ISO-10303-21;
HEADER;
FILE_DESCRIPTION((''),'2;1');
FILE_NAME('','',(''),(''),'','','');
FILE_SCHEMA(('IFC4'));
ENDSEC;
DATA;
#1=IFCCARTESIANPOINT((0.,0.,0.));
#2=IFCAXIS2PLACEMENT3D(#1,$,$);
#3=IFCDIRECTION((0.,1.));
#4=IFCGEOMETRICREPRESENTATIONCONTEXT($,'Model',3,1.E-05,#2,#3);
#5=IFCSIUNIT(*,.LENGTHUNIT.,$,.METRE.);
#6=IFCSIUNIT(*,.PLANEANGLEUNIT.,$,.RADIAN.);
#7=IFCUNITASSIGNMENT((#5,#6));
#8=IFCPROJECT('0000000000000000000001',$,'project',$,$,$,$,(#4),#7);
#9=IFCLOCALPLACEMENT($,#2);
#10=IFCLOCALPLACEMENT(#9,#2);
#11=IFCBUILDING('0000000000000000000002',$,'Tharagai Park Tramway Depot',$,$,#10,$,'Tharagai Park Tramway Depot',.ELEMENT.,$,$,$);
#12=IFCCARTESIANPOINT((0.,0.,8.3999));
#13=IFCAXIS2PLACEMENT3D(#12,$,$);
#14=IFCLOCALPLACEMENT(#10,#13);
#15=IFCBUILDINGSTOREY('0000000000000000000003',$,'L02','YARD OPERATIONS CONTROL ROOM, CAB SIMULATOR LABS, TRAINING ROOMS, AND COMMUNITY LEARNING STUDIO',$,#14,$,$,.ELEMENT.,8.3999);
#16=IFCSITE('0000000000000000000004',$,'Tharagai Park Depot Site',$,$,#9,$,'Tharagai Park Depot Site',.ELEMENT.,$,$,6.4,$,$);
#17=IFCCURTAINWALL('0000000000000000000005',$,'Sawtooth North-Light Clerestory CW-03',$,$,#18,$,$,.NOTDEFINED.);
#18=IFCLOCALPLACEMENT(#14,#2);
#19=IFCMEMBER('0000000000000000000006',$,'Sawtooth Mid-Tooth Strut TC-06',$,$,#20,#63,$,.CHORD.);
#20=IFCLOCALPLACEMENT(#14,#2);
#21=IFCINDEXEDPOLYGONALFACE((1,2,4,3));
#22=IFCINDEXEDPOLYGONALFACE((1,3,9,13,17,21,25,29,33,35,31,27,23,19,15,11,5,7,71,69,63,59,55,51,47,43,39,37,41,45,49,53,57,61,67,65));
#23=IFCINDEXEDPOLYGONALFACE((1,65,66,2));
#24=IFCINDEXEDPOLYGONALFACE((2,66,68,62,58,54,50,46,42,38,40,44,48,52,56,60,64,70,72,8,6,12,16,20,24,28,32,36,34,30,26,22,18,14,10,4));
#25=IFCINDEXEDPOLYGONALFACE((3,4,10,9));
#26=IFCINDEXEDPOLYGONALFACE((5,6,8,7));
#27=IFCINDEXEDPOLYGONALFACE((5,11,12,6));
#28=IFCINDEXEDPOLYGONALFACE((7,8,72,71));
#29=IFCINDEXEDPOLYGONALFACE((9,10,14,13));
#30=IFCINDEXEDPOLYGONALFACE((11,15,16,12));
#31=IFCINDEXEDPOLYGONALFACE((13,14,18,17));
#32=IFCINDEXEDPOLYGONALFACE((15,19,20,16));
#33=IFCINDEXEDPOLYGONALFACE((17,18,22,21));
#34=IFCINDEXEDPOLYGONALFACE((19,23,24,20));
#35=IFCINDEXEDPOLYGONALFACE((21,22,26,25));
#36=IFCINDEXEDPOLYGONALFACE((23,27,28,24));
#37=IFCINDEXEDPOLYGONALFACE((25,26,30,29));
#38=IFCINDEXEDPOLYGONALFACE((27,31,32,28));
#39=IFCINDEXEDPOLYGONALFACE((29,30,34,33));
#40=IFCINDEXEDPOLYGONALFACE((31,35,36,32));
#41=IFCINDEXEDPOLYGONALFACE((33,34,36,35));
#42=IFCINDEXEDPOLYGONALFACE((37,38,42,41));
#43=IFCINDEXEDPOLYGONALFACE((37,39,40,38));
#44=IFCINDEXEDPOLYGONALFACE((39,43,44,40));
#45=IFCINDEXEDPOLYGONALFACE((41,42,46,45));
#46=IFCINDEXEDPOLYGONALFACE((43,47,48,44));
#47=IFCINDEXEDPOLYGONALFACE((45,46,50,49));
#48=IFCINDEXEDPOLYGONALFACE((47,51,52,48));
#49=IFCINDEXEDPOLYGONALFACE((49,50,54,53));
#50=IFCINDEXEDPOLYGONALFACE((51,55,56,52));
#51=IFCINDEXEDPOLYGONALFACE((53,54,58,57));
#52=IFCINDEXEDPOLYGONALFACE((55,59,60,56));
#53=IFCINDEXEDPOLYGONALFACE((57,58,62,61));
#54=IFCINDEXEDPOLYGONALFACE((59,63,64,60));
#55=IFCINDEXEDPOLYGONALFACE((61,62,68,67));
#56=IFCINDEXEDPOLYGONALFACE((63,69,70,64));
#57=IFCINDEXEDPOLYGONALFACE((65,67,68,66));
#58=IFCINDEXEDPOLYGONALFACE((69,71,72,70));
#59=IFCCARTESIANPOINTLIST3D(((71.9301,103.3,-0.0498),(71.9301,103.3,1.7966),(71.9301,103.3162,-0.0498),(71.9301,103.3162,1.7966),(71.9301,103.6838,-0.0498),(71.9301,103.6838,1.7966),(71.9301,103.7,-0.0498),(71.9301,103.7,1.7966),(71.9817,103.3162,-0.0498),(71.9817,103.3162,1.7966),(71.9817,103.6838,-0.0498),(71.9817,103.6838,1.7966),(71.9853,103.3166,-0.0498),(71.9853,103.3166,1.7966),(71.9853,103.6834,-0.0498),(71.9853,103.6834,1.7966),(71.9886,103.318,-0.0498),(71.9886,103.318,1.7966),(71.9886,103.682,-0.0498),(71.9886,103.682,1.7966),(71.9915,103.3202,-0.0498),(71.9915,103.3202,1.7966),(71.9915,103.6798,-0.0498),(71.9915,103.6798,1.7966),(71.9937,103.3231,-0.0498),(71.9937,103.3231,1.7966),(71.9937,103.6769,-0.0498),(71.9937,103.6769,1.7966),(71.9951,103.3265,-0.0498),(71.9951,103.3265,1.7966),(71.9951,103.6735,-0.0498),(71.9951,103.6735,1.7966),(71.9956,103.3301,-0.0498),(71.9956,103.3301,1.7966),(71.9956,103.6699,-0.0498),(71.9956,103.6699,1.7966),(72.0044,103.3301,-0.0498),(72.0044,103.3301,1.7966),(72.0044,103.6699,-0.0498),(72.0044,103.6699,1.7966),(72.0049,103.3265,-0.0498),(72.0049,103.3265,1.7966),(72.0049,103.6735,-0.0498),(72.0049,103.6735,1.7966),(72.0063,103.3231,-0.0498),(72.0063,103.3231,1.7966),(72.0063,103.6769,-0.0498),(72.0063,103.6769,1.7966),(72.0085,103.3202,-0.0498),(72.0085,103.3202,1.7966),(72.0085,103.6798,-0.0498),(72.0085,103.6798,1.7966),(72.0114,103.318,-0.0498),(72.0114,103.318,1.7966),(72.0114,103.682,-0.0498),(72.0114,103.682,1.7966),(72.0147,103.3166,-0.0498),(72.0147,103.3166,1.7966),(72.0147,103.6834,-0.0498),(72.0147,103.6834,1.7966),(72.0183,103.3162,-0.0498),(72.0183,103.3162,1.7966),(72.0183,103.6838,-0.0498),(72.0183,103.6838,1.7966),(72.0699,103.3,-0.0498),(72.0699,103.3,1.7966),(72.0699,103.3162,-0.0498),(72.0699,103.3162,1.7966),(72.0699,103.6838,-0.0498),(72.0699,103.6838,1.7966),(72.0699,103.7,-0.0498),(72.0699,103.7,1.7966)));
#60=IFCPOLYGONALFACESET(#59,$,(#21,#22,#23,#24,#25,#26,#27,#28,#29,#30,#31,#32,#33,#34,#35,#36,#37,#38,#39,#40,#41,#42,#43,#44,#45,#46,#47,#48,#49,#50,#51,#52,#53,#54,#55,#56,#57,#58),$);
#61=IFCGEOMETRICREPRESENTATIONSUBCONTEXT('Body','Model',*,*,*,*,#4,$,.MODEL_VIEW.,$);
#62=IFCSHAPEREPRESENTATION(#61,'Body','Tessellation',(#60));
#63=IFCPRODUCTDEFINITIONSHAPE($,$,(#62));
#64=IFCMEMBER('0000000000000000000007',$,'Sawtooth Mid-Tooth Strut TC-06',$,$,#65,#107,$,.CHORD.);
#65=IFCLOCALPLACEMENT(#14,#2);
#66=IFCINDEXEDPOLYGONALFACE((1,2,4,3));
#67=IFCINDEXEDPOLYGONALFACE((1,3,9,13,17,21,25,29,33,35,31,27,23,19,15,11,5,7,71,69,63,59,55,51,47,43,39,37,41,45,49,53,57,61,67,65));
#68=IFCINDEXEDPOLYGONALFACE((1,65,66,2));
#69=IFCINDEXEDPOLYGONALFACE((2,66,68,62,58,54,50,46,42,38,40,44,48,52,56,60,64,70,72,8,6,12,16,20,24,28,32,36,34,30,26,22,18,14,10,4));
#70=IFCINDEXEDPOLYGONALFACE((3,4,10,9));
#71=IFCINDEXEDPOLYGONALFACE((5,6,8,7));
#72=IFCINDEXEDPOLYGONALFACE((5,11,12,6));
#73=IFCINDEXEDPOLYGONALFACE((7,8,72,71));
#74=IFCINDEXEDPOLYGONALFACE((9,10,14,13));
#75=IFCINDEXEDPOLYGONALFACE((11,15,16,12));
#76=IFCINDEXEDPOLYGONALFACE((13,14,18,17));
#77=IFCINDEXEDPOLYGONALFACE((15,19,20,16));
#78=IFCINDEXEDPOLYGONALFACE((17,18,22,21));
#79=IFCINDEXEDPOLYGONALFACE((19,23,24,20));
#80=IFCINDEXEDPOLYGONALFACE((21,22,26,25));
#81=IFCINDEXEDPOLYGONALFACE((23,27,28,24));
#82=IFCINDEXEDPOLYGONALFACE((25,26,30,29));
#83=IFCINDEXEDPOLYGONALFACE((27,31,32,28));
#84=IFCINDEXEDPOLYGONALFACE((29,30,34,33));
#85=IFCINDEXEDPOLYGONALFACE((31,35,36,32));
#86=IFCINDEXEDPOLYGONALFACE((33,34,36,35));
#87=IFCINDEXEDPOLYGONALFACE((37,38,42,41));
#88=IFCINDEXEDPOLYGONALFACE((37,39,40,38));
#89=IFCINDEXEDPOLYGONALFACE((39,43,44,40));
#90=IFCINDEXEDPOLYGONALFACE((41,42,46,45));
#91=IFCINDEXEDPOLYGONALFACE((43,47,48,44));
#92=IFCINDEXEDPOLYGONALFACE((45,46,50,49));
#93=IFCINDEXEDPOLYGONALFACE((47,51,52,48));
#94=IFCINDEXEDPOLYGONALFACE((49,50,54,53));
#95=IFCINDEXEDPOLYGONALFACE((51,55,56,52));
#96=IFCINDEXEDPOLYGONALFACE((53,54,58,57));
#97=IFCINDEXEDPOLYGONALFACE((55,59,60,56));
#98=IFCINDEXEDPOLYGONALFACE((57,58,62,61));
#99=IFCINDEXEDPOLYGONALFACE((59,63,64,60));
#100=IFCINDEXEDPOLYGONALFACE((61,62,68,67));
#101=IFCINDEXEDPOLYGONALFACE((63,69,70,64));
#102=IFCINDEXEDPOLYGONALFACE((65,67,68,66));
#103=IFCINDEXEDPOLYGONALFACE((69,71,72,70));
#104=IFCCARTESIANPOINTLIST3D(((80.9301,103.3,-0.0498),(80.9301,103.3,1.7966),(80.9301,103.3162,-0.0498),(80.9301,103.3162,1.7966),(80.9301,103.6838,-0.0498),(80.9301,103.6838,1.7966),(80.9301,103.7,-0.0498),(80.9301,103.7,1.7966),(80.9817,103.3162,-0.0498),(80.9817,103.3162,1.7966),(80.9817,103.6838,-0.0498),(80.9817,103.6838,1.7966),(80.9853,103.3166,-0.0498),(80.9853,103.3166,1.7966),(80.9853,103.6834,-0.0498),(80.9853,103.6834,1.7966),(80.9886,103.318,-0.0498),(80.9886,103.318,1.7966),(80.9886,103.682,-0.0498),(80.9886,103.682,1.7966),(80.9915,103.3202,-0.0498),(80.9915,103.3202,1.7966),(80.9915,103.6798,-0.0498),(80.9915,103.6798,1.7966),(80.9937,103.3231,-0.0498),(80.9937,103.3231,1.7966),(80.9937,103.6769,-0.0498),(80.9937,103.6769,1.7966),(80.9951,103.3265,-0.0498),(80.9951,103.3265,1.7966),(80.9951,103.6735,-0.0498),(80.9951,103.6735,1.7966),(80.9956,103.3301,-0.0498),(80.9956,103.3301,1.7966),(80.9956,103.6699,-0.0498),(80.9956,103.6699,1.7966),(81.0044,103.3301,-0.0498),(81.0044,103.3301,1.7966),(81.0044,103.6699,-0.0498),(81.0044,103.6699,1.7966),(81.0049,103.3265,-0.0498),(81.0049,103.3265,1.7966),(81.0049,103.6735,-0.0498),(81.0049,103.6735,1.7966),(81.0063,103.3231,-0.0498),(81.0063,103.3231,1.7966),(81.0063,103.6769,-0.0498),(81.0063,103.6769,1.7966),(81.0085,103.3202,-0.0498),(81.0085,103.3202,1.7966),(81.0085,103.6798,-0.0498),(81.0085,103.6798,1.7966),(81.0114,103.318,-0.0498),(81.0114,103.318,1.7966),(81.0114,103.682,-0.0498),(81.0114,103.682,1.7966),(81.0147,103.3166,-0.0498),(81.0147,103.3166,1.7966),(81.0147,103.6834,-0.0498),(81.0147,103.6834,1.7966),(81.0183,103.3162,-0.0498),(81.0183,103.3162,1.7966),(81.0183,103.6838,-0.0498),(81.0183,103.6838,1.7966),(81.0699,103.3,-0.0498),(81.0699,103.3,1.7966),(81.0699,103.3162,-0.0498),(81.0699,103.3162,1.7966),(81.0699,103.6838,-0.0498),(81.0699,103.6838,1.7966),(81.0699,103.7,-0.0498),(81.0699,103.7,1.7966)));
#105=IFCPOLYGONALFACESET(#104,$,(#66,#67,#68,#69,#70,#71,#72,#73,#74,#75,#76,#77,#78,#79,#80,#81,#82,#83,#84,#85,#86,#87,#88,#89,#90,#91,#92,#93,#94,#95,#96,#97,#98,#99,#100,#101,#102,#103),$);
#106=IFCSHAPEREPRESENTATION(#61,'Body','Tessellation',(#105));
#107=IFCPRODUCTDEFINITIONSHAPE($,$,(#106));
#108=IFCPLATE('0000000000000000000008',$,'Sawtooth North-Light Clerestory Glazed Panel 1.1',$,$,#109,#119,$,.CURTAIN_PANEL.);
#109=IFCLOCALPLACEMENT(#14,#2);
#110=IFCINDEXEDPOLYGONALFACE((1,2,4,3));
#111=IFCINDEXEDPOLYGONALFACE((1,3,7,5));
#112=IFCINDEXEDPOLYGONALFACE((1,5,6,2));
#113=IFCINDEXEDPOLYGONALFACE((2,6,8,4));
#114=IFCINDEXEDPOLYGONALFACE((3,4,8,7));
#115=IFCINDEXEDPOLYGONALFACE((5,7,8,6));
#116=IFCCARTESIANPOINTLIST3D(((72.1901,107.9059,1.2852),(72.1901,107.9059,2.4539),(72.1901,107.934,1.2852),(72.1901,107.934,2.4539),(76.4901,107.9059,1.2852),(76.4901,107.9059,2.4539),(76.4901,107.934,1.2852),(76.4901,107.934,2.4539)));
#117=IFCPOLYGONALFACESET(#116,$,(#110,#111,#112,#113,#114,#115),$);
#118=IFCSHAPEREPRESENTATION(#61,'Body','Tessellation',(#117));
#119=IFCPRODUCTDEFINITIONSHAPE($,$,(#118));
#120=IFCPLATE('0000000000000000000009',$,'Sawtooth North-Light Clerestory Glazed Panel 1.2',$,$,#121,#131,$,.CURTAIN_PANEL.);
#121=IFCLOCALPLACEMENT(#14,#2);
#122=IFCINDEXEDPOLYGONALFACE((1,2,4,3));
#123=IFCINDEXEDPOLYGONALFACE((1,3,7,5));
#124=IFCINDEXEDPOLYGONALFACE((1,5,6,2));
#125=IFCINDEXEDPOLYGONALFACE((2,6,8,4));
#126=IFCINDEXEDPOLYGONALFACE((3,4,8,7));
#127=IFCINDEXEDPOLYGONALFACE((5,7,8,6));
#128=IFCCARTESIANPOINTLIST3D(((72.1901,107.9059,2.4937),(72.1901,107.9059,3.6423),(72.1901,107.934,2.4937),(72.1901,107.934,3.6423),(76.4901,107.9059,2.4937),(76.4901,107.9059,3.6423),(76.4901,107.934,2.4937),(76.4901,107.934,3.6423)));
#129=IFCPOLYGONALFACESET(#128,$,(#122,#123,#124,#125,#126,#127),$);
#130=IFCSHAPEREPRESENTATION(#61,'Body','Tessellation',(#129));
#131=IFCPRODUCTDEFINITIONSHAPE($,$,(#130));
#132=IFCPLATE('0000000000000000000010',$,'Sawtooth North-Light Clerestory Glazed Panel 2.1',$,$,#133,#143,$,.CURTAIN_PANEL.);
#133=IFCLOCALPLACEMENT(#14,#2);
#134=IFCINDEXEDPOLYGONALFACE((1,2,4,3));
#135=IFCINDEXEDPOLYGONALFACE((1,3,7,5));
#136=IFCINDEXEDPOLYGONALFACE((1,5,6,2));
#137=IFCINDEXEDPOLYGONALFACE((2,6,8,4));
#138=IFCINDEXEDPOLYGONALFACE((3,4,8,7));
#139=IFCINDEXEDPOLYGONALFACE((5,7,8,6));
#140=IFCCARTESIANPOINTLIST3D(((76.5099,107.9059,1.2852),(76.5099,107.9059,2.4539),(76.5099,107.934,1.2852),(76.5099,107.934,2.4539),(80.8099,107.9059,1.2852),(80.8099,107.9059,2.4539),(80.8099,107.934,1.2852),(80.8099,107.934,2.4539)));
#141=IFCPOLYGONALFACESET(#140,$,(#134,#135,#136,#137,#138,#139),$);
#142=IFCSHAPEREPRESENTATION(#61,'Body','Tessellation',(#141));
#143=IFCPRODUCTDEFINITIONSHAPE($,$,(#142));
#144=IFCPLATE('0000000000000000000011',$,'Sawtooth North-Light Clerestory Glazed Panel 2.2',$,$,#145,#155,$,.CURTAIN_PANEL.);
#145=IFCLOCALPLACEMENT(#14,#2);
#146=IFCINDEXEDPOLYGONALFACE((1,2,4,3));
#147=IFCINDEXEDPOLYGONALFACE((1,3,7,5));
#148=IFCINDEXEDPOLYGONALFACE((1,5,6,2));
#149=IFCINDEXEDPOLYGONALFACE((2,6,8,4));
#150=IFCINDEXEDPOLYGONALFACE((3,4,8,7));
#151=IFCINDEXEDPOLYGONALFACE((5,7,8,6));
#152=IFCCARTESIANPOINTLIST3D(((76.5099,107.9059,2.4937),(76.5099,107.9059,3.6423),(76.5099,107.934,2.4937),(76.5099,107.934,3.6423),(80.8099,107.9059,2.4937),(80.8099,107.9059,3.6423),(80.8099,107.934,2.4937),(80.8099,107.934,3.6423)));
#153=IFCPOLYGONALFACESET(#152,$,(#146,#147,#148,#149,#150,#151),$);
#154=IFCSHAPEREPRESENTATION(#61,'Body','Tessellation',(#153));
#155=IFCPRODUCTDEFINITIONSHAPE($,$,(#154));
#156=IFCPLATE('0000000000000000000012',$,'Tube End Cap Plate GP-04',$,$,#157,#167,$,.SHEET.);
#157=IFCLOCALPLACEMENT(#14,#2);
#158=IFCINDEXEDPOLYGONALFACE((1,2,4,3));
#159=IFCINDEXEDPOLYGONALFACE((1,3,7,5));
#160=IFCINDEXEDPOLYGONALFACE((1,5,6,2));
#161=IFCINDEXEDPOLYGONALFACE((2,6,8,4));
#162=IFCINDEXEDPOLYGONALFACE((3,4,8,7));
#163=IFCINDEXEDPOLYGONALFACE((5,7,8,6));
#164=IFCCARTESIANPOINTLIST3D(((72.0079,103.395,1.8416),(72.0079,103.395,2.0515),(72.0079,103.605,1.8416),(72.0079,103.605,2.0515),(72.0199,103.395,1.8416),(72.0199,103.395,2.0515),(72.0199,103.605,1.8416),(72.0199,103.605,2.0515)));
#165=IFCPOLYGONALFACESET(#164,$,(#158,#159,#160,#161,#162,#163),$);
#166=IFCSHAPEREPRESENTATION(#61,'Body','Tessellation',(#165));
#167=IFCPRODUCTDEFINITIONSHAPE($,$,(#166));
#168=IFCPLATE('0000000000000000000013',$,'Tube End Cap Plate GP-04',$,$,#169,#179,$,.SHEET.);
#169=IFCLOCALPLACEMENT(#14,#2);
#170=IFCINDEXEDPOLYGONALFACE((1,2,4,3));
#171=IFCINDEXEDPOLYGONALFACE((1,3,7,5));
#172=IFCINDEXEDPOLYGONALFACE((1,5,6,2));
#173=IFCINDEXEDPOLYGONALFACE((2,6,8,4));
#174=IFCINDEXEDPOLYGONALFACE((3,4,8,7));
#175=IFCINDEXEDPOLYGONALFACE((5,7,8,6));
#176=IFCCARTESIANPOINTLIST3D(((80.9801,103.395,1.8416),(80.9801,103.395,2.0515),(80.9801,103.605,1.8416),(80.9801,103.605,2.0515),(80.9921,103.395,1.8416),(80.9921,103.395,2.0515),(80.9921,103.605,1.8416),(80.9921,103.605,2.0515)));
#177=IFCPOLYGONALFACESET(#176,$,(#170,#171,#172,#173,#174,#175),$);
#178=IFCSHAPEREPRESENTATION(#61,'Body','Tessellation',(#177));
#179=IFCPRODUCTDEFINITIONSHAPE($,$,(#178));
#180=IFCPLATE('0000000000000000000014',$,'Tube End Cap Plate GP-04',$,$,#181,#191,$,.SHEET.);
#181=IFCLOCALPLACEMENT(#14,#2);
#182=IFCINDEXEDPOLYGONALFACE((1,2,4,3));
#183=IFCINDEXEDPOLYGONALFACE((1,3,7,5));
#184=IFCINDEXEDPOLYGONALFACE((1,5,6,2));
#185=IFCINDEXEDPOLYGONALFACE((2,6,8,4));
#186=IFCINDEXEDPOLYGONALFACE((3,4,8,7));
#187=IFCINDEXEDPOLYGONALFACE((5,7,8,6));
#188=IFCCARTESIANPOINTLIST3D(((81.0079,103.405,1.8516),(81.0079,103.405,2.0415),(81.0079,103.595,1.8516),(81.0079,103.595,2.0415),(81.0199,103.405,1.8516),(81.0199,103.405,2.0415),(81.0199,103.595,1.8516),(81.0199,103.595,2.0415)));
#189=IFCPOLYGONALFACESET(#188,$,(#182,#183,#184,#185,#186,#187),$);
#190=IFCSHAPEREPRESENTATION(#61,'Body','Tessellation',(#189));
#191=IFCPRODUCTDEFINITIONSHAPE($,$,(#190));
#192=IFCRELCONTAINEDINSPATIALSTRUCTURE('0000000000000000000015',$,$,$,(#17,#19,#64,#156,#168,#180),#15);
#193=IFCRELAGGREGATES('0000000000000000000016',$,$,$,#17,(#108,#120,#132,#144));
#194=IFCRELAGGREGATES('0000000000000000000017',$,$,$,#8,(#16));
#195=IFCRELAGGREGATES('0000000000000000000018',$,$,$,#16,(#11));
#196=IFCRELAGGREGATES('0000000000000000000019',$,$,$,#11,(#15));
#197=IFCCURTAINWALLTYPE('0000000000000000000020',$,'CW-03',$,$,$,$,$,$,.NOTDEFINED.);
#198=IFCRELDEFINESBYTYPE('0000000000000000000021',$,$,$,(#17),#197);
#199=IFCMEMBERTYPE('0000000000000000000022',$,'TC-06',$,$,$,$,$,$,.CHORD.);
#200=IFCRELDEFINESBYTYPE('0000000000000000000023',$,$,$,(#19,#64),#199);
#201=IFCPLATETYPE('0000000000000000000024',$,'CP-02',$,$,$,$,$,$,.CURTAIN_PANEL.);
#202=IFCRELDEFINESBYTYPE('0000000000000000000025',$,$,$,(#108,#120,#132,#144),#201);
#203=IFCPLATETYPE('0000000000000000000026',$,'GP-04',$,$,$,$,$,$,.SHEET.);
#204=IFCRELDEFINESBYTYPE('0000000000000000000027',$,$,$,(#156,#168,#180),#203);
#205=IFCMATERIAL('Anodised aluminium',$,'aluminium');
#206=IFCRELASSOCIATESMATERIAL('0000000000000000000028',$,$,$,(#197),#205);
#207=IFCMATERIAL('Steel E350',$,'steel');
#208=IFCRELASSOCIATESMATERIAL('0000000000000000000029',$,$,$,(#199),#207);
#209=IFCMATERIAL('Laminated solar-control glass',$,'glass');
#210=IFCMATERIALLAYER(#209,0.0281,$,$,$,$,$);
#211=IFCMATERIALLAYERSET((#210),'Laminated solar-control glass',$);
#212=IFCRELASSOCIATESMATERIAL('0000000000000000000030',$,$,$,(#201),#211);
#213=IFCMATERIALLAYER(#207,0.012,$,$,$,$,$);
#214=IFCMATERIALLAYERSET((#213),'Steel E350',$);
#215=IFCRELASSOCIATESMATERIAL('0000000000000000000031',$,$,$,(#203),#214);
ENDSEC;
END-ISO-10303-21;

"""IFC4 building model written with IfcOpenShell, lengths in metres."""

from ifc_helpers import new_model, si_unit, direction, frame, origin, origin_2d, place, context, subcontext, project, spatial, rectangle, i_section, extrude, material, layer, layer_set, material_profile, profile_set, type_object, element, aggregate, save


model = new_model("IFC4")

# Units and contexts
model_context = context("Model", 3, precision=1e-05, world=origin(), true_north=direction((0.0, 1.0)))
body_context = subcontext(model_context, "Body", "Model", "MODEL_VIEW")
ifc_project = project(units=[si_unit("LENGTHUNIT", "METRE"), si_unit("PLANEANGLEUNIT", "RADIAN")], contexts=[model_context])

# Site, building, storey
site_placement = place(None, origin())
site = spatial("IfcSite", under=ifc_project, at=site_placement, Name="Tharagai Park Depot Site", LongName="Tharagai Park Depot Site", CompositionType="ELEMENT", RefElevation=6.4)
building_placement = place(site_placement, origin())
building = spatial("IfcBuilding", under=site, at=building_placement, Name="Tharagai Park Tramway Depot", LongName="Tharagai Park Tramway Depot", CompositionType="ELEMENT")
storey_placement = place(building_placement, frame((0.0, 0.0, 8.3999)))
storey = spatial("IfcBuildingStorey", under=building, at=storey_placement, Name="L02", Description="YARD OPERATIONS CONTROL ROOM, CAB SIMULATOR LABS, TRAINING ROOMS, AND COMMUNITY LEARNING STUDIO", CompositionType="ELEMENT", Elevation=8.3999)

# Shared definitions
ifc_material_1 = material(Name="Steel E350", Category="steel")

# Curtain wall
ifc_material_2 = material(Name="Anodised aluminium", Category="aluminium")
curtain_wall_type = type_object("IfcCurtainWallType", Name="CW-03", PredefinedType="NOTDEFINED", material=ifc_material_2)
curtain_wall_placement = place(storey_placement, origin())
curtain_wall = element("IfcCurtainWall", 1, at=curtain_wall_placement, inside=storey, type_object=curtain_wall_type, Name="Sawtooth North-Light Clerestory CW-03", PredefinedType="NOTDEFINED")

# Members
ifc_material_profile_1 = material_profile(ifc_material_1, i_section(OverallWidth=0.1399, OverallDepth=0.3999, WebThickness=0.0088, FlangeThickness=0.0161, FilletRadius=0.0139, at=origin_2d()), Name="ISMB 400")
ifc_profile_set_1 = profile_set([ifc_material_profile_1], Name="Steel E350")
member_type_1 = type_object("IfcMemberType", Name="TC-06", PredefinedType="CHORD", material=ifc_profile_set_1)
for number, where, z_axis, x_axis, name in (
    (2, (72.0, 103.5, -0.0498), (0.0, 0.0, 1.0), (1.0, 0.0, 0.0), "Sawtooth Mid-Tooth Strut TC-06"),
    (3, (81.0, 103.5, -0.0498), (0.0, 0.0, 1.0), (1.0, 0.0, 0.0), "Sawtooth Mid-Tooth Strut TC-06"),
):
    element("IfcMember", number, at=place(storey_placement, frame(where, z_axis=z_axis, x_axis=x_axis)), inside=storey, type_object=member_type_1, Name=name, PredefinedType="CHORD", context=body_context, shape_type="SweptSolid", body=[
        extrude(i_section(OverallWidth=0.1399, OverallDepth=0.3999, WebThickness=0.0088, FlangeThickness=0.0161, FilletRadius=0.0139, at=origin_2d()), origin(), (0.0, 0.0, 1.0), 1.8464),
    ])

# Plates
ifc_material_3 = material(Name="Laminated solar-control glass", Category="glass")
ifc_layer_1 = layer(ifc_material_3, 0.0281)
ifc_layer_set_1 = layer_set([ifc_layer_1], Name="Laminated solar-control glass")
plate_type_1 = type_object("IfcPlateType", Name="CP-02", PredefinedType="CURTAIN_PANEL", material=ifc_layer_set_1)
plate_1_placement = place(storey_placement, frame((74.3401, 107.9199, 1.2852), z_axis=(0.0, 0.0, 1.0), x_axis=(1.0, 0.0, 0.0)))
plate_1 = element("IfcPlate", 4, at=plate_1_placement, type_object=plate_type_1, Name="Sawtooth North-Light Clerestory Glazed Panel 1.1", PredefinedType="CURTAIN_PANEL", context=body_context, shape_type="SweptSolid", body=[
    extrude(rectangle(XDim=4.3, YDim=0.0281, at=origin_2d()), origin(), (0.0, 0.0, 1.0), 1.1687),
])
plate_2_placement = place(storey_placement, frame((74.3401, 107.9199, 2.4937), z_axis=(0.0, 0.0, 1.0), x_axis=(1.0, 0.0, 0.0)))
plate_2 = element("IfcPlate", 5, at=plate_2_placement, type_object=plate_type_1, Name="Sawtooth North-Light Clerestory Glazed Panel 1.2", PredefinedType="CURTAIN_PANEL", context=body_context, shape_type="SweptSolid", body=[
    extrude(rectangle(XDim=4.3, YDim=0.0281, at=origin_2d()), origin(), (0.0, 0.0, 1.0), 1.1487),
])
plate_3_placement = place(storey_placement, frame((78.6599, 107.9199, 1.2852), z_axis=(0.0, 0.0, 1.0), x_axis=(1.0, 0.0, 0.0)))
plate_3 = element("IfcPlate", 6, at=plate_3_placement, type_object=plate_type_1, Name="Sawtooth North-Light Clerestory Glazed Panel 2.1", PredefinedType="CURTAIN_PANEL", context=body_context, shape_type="SweptSolid", body=[
    extrude(rectangle(XDim=4.3, YDim=0.0281, at=origin_2d()), origin(), (0.0, 0.0, 1.0), 1.1687),
])
plate_4_placement = place(storey_placement, frame((78.6599, 107.9199, 2.4937), z_axis=(0.0, 0.0, 1.0), x_axis=(1.0, 0.0, 0.0)))
plate_4 = element("IfcPlate", 7, at=plate_4_placement, type_object=plate_type_1, Name="Sawtooth North-Light Clerestory Glazed Panel 2.2", PredefinedType="CURTAIN_PANEL", context=body_context, shape_type="SweptSolid", body=[
    extrude(rectangle(XDim=4.3, YDim=0.0281, at=origin_2d()), origin(), (0.0, 0.0, 1.0), 1.1487),
])
aggregate(curtain_wall, [plate_1, plate_2, plate_3, plate_4])

# Plates
ifc_layer_2 = layer(ifc_material_1, 0.012)
ifc_layer_set_2 = layer_set([ifc_layer_2], Name="Steel E350")
plate_type_2 = type_object("IfcPlateType", Name="GP-04", PredefinedType="SHEET", material=ifc_layer_set_2)
for number, where, z_axis, x_axis, name in (
    (8, (72.0139, 103.5, 1.8416), (0.0, 0.0, 1.0), (1.0, 0.0, 0.0), "Tube End Cap Plate GP-04"),
    (9, (80.9861, 103.5, 1.8416), (0.0, 0.0, 1.0), (1.0, 0.0, 0.0), "Tube End Cap Plate GP-04"),
):
    element("IfcPlate", number, at=place(storey_placement, frame(where, z_axis=z_axis, x_axis=x_axis)), inside=storey, type_object=plate_type_2, Name=name, PredefinedType="SHEET", context=body_context, shape_type="SweptSolid", body=[
        extrude(rectangle(XDim=0.012, YDim=0.21, at=origin_2d()), origin(), (0.0, 0.0, 1.0), 0.21),
    ])
plate_5_placement = place(storey_placement, frame((81.0139, 103.5, 1.8516), z_axis=(0.0, 0.0, 1.0), x_axis=(1.0, 0.0, 0.0)))
element("IfcPlate", 10, at=plate_5_placement, inside=storey, type_object=plate_type_2, Name="Tube End Cap Plate GP-04", PredefinedType="SHEET", context=body_context, shape_type="SweptSolid", body=[
    extrude(rectangle(XDim=0.012, YDim=0.1899, at=origin_2d()), origin(), (0.0, 0.0, 1.0), 0.1899),
])

save(model, "model.ifc")
